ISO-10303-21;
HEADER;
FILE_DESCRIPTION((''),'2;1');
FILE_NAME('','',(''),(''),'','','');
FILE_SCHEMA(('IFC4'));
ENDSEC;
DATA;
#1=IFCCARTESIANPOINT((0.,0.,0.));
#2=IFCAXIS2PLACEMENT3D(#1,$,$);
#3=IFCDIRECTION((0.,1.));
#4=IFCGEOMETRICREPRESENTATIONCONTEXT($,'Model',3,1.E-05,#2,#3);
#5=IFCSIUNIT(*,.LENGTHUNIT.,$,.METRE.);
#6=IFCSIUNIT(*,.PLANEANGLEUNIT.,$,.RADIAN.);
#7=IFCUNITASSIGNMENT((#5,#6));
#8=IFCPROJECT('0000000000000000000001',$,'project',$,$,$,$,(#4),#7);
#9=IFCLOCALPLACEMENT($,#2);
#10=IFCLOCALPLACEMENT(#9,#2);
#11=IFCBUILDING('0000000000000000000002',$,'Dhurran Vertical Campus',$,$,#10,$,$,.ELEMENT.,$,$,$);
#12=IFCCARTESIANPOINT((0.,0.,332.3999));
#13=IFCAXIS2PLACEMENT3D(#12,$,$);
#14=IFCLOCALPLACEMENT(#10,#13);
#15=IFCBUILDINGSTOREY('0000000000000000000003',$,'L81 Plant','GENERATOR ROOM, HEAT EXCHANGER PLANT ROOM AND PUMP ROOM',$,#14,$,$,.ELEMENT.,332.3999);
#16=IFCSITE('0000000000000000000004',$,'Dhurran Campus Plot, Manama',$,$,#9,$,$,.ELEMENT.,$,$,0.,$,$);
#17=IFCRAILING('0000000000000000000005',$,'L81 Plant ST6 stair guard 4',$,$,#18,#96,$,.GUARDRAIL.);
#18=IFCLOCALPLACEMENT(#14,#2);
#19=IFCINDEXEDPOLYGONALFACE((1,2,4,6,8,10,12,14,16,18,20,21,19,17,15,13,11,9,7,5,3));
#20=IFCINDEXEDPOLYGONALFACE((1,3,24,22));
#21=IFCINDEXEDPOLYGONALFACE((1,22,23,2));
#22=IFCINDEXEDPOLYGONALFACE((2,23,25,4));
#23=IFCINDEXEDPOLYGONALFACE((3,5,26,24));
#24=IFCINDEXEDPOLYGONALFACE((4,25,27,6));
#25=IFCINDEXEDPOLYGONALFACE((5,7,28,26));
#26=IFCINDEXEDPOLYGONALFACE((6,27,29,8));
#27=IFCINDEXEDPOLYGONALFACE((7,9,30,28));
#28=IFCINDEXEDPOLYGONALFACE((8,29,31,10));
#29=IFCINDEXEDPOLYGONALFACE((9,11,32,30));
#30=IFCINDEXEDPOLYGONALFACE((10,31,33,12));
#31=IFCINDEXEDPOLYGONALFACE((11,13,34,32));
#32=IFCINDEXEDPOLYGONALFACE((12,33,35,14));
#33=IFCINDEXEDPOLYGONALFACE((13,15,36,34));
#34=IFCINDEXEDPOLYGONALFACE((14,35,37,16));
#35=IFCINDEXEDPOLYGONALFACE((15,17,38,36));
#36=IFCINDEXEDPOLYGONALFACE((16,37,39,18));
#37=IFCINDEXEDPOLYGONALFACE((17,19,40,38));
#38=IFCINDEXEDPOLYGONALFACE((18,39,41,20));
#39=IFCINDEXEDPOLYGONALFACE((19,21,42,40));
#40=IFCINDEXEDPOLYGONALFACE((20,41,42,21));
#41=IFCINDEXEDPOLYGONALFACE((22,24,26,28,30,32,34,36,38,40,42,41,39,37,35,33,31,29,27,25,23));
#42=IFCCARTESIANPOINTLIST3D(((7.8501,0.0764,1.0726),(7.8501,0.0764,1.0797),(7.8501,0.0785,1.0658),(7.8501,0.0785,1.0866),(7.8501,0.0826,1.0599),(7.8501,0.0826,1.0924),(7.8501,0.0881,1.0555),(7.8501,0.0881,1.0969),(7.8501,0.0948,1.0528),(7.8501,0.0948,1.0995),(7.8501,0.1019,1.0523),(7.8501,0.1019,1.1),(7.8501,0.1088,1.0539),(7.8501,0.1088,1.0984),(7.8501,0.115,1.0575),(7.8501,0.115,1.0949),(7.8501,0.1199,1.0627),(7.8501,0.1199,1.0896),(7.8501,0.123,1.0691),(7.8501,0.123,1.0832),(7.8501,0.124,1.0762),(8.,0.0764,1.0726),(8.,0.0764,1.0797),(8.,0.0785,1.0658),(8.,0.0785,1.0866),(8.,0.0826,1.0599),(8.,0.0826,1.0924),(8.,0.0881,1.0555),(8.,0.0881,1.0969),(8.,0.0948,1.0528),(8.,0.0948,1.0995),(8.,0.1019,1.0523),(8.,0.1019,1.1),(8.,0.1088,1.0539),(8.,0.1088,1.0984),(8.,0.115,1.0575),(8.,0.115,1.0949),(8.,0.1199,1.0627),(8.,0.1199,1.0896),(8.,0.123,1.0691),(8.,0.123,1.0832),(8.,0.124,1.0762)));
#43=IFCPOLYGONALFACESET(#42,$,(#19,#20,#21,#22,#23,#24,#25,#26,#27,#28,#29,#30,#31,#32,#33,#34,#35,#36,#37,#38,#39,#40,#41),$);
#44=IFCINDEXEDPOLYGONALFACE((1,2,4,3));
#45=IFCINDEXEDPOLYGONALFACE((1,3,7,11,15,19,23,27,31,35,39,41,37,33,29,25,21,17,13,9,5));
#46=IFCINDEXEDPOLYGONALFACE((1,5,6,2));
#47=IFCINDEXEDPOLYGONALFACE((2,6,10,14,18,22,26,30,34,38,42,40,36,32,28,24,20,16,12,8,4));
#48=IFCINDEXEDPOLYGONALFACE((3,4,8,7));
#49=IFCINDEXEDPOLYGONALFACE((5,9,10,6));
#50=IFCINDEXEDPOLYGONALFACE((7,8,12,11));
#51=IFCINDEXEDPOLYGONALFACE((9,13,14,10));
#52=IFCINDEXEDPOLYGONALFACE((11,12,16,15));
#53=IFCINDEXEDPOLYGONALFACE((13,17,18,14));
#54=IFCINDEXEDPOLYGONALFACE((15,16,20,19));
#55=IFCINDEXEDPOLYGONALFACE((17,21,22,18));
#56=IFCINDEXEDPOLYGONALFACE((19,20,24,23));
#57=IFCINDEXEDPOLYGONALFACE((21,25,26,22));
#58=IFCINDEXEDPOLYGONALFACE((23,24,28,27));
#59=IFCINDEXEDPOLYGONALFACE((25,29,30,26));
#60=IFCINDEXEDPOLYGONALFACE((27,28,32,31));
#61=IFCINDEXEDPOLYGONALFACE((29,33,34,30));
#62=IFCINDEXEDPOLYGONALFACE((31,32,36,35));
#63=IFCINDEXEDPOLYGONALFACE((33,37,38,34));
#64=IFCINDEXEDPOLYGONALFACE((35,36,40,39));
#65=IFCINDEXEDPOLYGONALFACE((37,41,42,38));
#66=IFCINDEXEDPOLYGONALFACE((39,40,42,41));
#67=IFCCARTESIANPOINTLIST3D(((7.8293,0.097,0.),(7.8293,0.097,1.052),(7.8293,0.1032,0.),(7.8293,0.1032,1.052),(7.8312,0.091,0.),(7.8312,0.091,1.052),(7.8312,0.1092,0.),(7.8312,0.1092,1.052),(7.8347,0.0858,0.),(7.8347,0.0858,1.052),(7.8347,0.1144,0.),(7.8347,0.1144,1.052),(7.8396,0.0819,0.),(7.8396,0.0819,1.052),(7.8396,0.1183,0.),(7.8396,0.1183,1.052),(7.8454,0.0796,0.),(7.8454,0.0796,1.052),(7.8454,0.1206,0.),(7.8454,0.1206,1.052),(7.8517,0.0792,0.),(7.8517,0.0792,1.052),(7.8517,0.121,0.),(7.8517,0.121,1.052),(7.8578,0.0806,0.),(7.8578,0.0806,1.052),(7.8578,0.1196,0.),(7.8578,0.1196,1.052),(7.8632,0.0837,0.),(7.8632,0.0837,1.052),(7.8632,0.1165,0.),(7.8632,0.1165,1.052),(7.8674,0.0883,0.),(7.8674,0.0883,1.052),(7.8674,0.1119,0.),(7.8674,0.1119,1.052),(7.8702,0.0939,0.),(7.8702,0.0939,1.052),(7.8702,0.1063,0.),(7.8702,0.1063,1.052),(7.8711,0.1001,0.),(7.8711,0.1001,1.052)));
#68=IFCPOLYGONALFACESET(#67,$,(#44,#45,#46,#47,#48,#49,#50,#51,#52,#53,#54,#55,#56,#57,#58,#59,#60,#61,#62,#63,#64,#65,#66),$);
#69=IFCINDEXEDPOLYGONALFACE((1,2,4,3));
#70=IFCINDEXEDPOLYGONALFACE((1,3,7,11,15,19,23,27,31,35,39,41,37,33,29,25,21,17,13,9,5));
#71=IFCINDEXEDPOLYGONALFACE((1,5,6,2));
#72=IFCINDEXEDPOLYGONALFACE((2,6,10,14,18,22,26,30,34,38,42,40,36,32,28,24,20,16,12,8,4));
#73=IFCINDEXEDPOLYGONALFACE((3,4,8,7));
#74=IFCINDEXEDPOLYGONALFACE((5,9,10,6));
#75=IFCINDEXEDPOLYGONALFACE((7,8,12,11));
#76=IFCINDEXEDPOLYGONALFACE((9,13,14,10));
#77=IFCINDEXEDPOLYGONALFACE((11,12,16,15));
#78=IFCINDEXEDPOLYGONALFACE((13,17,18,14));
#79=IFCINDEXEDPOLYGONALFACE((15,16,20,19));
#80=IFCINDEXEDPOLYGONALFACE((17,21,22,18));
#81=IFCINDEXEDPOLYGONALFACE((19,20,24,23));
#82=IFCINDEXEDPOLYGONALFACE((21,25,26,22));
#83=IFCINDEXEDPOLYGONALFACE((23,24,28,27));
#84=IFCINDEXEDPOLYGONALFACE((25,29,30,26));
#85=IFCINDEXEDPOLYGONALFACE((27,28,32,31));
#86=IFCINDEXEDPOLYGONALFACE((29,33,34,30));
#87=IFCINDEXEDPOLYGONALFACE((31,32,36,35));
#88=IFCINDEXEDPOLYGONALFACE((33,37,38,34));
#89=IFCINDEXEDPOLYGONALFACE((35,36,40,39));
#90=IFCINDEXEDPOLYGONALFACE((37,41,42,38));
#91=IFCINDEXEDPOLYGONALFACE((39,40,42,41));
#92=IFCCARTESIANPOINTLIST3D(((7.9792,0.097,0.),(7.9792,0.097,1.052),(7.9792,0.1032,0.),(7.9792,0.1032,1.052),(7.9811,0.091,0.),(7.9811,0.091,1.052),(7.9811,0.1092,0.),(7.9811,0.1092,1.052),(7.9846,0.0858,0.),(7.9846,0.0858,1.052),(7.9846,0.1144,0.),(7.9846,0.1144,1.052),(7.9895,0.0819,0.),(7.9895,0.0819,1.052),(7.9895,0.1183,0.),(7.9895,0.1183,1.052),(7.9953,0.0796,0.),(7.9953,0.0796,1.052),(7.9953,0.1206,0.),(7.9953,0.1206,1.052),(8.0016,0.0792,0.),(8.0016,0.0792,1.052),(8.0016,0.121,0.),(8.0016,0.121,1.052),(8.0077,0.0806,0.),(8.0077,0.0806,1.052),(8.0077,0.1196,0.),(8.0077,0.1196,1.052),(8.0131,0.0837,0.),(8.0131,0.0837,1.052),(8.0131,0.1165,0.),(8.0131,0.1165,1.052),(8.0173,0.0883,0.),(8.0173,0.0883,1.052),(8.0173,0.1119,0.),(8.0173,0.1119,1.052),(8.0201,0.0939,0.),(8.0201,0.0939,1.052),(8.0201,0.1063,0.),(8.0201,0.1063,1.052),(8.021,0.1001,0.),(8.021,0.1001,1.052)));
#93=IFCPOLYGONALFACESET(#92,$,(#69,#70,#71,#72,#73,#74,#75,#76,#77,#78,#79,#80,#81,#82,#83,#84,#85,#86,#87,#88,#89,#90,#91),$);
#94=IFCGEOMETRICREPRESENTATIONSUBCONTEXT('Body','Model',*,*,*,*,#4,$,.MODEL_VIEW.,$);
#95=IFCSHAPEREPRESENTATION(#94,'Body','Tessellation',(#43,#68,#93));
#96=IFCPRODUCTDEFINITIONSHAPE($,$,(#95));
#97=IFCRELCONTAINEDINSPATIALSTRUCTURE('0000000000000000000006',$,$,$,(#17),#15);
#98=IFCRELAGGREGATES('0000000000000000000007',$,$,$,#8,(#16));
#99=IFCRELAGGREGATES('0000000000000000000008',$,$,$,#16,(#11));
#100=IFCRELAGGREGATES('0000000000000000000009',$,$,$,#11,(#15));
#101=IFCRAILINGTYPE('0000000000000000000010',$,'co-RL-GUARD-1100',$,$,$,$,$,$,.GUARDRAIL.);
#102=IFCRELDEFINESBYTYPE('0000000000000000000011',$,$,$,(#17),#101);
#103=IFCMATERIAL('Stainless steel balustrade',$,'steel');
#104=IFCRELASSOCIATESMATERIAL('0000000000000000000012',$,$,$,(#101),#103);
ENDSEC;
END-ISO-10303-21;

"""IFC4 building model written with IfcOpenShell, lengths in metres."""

from ifc_helpers import new_model, si_unit, direction, frame, origin, origin_2d, place, context, subcontext, project, spatial, circle, extrude, material, type_object, element, save


model = new_model("IFC4")

# Units and contexts
model_context = context("Model", 3, precision=1e-05, world=origin(), true_north=direction((0.0, 1.0)))
body_context = subcontext(model_context, "Body", "Model", "MODEL_VIEW")
ifc_project = project(units=[si_unit("LENGTHUNIT", "METRE"), si_unit("PLANEANGLEUNIT", "RADIAN")], contexts=[model_context])

# Site, building, storey
site_placement = place(None, origin())
site = spatial("IfcSite", under=ifc_project, at=site_placement, Name="Dhurran Campus Plot, Manama", CompositionType="ELEMENT", RefElevation=0.0)
building_placement = place(site_placement, origin())
building = spatial("IfcBuilding", under=site, at=building_placement, Name="Dhurran Vertical Campus", CompositionType="ELEMENT")
storey_placement = place(building_placement, frame((0.0, 0.0, 332.3999)))
storey = spatial("IfcBuildingStorey", under=building, at=storey_placement, Name="L81 Plant", Description="GENERATOR ROOM, HEAT EXCHANGER PLANT ROOM AND PUMP ROOM", CompositionType="ELEMENT", Elevation=332.3999)

# Railing
ifc_material_1 = material(Name="Stainless steel balustrade", Category="steel")
railing_type_1 = type_object("IfcRailingType", Name="co-RL-GUARD-1100", PredefinedType="GUARDRAIL", material=ifc_material_1)
railing_1_placement = place(storey_placement, frame((7.8501, 0.1001, 0.0)))
element("IfcRailing", 1, at=railing_1_placement, inside=storey, type_object=railing_type_1, Name="L81 Plant ST6 stair guard 4", PredefinedType="GUARDRAIL", context=body_context, shape_type="SweptSolid", body=[
    extrude(circle(Radius=0.0239, at=origin_2d()), frame((0.0, 0.0, 1.0762), z_axis=(1.0, 0.0, 0.0), x_axis=(0.0, 1.0, 0.0)), (0.0, 0.0, 1.0), 0.1499),
    extrude(circle(Radius=0.021, at=origin_2d()), origin(), (0.0, 0.0, 1.0), 1.052),
    extrude(circle(Radius=0.021, at=origin_2d()), frame((0.1499, 0.0, 0.0)), (0.0, 0.0, 1.0), 1.052),
])

save(model, "model.ifc")
